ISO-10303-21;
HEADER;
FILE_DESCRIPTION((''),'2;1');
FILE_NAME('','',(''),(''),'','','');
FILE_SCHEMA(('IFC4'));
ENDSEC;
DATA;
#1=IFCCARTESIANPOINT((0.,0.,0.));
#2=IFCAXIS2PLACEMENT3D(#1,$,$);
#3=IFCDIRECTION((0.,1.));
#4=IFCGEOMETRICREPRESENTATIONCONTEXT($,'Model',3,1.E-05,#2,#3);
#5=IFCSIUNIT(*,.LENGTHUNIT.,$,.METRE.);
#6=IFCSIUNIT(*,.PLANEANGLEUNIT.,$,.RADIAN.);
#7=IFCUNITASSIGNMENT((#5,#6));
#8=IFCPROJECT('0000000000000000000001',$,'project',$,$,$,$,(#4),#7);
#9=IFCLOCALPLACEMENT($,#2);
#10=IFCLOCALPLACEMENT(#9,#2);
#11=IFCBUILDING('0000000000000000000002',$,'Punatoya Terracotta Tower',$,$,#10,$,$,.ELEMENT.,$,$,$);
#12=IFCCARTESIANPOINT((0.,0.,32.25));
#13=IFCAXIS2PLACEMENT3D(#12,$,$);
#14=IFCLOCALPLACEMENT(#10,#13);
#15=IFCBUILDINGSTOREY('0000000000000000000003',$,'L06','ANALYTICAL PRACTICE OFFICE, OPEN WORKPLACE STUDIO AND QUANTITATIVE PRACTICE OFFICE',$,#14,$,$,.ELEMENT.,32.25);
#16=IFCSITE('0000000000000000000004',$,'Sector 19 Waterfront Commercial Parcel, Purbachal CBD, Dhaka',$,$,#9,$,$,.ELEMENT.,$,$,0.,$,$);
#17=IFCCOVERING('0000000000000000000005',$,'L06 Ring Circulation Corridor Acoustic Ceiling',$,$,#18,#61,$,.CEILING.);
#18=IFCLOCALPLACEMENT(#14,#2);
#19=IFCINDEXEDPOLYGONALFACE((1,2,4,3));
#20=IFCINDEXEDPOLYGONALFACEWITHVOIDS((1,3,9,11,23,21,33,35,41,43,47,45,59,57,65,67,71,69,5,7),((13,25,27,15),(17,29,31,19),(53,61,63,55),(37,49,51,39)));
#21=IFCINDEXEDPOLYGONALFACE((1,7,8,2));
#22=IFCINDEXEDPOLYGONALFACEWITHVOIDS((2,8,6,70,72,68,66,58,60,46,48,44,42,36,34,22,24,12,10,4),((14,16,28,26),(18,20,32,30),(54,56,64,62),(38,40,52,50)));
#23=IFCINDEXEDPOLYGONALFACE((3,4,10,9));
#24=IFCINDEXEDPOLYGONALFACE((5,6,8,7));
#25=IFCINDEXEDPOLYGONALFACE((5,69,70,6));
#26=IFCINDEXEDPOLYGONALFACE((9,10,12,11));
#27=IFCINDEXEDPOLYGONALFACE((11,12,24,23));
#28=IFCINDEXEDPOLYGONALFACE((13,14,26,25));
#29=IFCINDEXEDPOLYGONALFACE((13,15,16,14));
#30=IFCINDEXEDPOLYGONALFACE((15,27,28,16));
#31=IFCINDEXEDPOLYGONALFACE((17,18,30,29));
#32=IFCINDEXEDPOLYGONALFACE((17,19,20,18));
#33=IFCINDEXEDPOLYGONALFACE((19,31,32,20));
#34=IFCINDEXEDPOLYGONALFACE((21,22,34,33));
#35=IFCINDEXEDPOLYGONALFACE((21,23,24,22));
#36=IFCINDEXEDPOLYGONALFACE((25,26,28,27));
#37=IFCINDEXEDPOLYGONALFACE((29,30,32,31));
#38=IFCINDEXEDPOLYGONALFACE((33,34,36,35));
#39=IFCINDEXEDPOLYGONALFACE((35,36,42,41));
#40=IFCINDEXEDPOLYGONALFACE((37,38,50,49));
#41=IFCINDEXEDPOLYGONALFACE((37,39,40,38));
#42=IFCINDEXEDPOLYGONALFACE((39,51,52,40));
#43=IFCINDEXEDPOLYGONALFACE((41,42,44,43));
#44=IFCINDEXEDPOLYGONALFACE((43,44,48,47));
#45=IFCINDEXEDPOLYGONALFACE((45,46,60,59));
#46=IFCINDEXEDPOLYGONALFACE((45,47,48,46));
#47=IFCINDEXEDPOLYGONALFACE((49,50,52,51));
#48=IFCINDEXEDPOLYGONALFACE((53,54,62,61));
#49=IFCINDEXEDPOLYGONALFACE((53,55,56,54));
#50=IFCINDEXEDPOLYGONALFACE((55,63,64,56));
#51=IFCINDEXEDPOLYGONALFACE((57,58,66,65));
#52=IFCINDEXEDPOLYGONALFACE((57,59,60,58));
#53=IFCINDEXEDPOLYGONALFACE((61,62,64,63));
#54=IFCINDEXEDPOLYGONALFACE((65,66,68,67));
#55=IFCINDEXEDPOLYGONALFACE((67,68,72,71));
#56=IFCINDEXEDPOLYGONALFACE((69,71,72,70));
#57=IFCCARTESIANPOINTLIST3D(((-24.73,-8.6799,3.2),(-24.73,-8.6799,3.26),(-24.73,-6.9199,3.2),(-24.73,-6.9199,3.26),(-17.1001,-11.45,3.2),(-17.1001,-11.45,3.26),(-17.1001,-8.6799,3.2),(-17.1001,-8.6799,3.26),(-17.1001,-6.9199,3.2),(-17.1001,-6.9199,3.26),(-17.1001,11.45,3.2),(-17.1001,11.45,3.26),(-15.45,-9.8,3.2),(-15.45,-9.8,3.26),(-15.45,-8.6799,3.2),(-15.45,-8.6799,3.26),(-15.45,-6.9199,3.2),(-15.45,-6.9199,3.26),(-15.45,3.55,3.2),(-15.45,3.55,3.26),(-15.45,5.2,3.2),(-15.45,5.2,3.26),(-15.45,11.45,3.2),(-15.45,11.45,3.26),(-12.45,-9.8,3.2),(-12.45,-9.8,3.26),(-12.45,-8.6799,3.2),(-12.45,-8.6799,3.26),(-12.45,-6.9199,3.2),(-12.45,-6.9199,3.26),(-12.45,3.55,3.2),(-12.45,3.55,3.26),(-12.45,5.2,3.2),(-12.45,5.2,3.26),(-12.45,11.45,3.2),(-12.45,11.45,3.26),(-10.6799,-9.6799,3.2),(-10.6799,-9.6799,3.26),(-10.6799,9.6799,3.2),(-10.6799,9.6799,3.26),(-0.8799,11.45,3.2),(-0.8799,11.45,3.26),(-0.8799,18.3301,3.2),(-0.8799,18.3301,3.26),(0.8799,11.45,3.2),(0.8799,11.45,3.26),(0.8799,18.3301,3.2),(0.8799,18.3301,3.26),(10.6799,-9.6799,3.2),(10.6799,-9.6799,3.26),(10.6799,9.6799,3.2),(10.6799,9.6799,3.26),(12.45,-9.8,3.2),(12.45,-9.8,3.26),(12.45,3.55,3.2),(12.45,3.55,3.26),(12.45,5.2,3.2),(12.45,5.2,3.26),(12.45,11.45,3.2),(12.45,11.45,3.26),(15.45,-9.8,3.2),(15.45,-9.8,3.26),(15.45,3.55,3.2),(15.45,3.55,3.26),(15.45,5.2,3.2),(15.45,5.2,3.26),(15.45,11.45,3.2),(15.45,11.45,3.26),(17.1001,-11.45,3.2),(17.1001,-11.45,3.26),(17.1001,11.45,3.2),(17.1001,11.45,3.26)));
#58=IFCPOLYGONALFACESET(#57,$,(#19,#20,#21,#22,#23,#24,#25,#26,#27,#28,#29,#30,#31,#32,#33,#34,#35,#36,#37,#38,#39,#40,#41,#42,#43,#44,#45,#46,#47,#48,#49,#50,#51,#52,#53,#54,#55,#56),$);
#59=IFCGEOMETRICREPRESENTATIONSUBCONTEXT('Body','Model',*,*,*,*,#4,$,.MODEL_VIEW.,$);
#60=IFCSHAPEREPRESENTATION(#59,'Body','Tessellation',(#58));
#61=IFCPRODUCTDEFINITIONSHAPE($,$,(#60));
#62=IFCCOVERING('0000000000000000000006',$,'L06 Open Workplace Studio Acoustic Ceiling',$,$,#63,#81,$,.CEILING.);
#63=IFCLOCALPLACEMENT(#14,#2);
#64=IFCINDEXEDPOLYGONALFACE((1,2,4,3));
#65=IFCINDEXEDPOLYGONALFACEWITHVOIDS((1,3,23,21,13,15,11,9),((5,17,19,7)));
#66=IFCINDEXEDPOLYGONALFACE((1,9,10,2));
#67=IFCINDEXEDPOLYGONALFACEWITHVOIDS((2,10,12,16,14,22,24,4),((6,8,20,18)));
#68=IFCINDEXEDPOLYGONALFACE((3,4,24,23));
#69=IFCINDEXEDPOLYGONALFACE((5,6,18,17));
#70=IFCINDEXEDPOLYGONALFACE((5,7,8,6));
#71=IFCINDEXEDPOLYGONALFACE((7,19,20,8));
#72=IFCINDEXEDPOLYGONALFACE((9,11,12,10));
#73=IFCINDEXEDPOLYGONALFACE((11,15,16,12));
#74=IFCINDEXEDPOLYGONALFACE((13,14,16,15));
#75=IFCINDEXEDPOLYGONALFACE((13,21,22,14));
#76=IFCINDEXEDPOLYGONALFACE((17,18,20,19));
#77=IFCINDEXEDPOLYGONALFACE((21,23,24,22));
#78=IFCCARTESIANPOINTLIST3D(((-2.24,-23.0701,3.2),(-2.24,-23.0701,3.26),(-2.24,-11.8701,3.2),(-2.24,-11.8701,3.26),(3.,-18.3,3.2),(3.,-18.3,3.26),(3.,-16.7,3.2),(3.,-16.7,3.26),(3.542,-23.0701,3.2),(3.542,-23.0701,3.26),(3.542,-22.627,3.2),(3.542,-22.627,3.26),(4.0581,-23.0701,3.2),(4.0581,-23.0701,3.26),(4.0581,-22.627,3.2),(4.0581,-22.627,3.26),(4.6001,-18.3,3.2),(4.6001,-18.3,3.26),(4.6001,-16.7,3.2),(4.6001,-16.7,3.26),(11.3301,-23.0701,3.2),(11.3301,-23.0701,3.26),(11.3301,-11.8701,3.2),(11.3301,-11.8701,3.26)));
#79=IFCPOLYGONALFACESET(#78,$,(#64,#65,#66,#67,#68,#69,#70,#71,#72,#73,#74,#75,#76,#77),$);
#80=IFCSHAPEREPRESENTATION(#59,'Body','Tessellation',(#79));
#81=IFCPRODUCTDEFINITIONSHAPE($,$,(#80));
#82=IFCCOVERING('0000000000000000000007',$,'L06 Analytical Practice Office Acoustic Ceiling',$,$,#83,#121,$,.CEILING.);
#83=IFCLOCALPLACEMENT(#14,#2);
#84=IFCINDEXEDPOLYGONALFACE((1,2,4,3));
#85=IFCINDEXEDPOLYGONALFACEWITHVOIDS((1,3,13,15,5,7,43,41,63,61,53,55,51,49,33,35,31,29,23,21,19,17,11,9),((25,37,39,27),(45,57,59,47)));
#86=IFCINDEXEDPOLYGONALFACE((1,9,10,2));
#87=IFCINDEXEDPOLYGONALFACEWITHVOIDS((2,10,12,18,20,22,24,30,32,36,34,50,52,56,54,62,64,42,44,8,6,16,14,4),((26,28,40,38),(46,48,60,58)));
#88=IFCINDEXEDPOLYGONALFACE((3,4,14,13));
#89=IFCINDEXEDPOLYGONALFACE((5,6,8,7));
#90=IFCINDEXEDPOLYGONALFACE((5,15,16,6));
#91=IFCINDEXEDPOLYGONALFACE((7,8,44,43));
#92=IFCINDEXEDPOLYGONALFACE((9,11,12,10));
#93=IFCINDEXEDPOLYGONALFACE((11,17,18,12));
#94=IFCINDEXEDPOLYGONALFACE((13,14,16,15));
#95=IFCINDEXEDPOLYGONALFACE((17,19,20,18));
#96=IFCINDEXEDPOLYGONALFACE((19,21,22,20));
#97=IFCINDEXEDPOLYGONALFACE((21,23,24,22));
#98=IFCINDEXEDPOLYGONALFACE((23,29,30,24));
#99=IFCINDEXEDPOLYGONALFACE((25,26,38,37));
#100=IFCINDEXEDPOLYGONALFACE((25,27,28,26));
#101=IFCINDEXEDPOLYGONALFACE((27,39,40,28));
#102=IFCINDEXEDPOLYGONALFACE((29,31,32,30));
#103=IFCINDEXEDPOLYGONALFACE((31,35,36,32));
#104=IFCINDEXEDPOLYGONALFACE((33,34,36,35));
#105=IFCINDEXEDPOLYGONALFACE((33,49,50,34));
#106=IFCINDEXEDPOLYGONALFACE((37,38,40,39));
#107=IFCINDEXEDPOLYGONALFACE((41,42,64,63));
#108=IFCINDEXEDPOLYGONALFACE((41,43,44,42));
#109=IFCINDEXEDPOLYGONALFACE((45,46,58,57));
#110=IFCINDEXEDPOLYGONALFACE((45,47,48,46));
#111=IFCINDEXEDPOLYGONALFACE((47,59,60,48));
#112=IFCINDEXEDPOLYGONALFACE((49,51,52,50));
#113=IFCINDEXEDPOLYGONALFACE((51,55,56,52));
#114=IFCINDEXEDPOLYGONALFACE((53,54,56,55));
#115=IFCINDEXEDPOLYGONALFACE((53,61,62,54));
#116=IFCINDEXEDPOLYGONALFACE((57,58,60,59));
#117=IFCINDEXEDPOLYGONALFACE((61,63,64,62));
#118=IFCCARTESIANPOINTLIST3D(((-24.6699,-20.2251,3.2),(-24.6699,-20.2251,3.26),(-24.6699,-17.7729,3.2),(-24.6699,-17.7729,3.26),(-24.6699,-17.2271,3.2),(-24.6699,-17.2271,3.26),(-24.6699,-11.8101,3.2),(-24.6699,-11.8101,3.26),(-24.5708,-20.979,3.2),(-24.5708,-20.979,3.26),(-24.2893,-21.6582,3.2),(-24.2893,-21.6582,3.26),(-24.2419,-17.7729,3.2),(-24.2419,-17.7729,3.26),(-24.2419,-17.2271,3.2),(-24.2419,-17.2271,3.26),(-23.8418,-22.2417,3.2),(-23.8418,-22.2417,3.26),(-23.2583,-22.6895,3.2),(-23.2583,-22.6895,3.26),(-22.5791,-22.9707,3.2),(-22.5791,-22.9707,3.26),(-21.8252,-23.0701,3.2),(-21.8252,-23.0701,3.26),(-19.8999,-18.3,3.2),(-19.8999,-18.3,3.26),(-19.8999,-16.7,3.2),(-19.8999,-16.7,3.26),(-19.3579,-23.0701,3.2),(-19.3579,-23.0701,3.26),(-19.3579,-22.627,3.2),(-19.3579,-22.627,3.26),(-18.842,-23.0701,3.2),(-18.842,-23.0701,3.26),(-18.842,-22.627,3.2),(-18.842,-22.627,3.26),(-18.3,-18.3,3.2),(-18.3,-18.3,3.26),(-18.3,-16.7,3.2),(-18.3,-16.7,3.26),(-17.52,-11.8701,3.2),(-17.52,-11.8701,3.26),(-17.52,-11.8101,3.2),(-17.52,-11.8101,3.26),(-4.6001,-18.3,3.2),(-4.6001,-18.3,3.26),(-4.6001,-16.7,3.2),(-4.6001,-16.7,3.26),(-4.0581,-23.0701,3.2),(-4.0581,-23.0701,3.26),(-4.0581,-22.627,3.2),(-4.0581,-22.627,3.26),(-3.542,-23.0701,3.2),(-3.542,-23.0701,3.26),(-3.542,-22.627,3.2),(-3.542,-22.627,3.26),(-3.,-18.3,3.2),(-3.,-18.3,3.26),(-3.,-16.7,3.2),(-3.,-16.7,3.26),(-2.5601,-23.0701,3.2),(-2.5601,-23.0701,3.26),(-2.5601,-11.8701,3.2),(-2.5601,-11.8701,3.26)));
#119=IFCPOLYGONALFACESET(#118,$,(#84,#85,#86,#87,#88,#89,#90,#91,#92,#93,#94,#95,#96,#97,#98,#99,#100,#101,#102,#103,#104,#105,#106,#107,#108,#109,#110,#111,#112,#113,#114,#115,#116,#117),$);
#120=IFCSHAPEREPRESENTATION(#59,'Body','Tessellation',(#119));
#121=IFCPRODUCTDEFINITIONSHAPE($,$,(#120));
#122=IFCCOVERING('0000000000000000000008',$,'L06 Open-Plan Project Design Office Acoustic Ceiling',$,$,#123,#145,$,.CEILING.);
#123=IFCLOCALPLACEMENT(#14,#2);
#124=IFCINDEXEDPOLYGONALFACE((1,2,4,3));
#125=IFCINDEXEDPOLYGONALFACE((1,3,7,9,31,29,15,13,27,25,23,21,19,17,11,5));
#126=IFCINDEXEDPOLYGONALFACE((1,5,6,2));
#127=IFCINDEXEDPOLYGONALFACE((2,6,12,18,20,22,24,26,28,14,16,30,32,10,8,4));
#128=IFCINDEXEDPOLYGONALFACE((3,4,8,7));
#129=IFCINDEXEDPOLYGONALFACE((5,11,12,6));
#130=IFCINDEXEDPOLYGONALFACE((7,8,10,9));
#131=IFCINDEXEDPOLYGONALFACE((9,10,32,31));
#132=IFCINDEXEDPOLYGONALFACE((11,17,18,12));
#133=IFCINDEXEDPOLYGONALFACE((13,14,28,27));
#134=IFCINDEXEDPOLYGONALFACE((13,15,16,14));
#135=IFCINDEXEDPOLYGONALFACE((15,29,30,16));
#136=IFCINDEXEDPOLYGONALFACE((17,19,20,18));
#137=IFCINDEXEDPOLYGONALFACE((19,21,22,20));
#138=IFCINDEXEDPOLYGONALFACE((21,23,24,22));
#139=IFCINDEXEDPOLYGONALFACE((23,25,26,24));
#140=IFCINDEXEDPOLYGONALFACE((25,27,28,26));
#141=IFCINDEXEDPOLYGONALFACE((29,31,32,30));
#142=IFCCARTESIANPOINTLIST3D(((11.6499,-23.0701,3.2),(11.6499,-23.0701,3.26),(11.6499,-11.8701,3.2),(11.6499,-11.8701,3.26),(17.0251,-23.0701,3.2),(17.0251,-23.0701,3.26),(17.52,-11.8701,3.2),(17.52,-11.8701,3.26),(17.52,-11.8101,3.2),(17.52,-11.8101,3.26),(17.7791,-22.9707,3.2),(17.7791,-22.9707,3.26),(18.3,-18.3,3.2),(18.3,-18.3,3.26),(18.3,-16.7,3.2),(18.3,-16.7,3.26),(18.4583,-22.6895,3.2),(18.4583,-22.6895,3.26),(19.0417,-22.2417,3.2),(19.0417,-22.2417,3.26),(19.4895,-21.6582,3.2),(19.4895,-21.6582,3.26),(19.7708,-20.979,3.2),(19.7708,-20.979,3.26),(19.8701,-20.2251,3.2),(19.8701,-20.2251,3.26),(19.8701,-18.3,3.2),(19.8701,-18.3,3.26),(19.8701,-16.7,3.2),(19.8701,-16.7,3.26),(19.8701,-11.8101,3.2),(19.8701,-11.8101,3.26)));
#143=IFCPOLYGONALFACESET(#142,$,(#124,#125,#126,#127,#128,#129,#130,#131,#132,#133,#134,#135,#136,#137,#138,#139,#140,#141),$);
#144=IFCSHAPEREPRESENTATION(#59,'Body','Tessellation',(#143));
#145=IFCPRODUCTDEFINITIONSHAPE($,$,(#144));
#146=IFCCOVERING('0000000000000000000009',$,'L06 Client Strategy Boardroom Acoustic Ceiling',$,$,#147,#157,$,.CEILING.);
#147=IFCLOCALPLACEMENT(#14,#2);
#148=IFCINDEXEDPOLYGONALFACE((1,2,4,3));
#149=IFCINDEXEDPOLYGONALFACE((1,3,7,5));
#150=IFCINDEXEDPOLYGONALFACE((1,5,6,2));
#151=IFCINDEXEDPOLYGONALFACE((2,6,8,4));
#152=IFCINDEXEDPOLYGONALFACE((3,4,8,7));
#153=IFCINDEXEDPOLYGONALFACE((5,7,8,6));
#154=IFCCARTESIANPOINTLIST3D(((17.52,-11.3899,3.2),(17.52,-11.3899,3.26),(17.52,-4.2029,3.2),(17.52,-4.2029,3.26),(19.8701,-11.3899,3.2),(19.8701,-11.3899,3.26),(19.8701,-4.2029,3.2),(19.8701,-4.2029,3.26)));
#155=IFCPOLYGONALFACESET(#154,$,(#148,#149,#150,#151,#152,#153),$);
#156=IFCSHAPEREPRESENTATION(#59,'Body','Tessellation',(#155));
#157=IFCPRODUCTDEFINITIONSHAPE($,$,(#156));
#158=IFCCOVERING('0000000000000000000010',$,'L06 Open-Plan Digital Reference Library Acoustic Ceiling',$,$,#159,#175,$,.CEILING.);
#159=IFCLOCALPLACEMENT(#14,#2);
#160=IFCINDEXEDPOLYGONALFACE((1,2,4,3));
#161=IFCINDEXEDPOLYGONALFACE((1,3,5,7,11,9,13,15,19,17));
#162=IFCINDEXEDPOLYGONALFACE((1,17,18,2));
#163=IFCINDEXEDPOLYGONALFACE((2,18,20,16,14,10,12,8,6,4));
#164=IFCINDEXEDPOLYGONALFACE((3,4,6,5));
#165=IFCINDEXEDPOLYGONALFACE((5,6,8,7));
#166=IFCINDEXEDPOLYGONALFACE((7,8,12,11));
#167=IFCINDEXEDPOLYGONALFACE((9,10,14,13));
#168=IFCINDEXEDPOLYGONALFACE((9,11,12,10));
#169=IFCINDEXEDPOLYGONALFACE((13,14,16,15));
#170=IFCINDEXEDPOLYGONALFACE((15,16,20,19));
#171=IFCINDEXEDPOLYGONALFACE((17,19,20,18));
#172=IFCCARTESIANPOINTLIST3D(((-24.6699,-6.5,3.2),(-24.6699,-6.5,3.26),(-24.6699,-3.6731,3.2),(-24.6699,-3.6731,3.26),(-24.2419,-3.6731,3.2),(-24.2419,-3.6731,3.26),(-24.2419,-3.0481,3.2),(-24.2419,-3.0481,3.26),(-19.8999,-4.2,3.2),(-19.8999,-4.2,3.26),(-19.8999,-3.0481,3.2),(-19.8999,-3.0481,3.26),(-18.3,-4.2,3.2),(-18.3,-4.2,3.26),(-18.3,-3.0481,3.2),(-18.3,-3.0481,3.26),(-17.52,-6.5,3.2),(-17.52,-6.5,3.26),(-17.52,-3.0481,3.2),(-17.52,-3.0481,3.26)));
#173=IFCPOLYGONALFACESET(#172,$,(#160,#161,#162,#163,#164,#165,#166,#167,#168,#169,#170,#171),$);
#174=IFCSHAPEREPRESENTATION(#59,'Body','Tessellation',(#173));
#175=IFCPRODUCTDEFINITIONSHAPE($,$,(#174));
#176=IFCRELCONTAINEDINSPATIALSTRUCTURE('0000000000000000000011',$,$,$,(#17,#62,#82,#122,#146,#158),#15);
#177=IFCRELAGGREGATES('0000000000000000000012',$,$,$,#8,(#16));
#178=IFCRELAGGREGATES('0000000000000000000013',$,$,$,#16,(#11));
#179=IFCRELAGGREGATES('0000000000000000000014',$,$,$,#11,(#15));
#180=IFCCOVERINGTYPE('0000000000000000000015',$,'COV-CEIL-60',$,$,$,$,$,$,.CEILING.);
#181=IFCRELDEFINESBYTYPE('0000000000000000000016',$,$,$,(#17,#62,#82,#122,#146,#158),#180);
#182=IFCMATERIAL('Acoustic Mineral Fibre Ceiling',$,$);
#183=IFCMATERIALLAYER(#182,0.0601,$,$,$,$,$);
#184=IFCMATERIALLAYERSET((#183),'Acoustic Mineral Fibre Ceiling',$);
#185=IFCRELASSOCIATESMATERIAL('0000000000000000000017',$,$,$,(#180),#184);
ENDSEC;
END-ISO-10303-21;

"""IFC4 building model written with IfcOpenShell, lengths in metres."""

from ifc_helpers import new_model, si_unit, direction, frame, origin, place, context, subcontext, project, spatial, polyline, outline, extrude, material, layer, layer_set, type_object, element, save


model = new_model("IFC4")

# Units and contexts
model_context = context("Model", 3, precision=1e-05, world=origin(), true_north=direction((0.0, 1.0)))
body_context = subcontext(model_context, "Body", "Model", "MODEL_VIEW")
ifc_project = project(units=[si_unit("LENGTHUNIT", "METRE"), si_unit("PLANEANGLEUNIT", "RADIAN")], contexts=[model_context])

# Site, building, storey
site_placement = place(None, origin())
site = spatial("IfcSite", under=ifc_project, at=site_placement, Name="Sector 19 Waterfront Commercial Parcel, Purbachal CBD, Dhaka", CompositionType="ELEMENT", RefElevation=0.0)
building_placement = place(site_placement, origin())
building = spatial("IfcBuilding", under=site, at=building_placement, Name="Punatoya Terracotta Tower", CompositionType="ELEMENT")
storey_placement = place(building_placement, frame((0.0, 0.0, 32.25)))
storey = spatial("IfcBuildingStorey", under=building, at=storey_placement, Name="L06", Description="ANALYTICAL PRACTICE OFFICE, OPEN WORKPLACE STUDIO AND QUANTITATIVE PRACTICE OFFICE", CompositionType="ELEMENT", Elevation=32.25)

# Coverings
ifc_material_1 = material(Name="Acoustic Mineral Fibre Ceiling")
ifc_layer_1 = layer(ifc_material_1, 0.0601)
ifc_layer_set_1 = layer_set([ifc_layer_1], Name="Acoustic Mineral Fibre Ceiling")
covering_type = type_object("IfcCoveringType", Name="COV-CEIL-60", PredefinedType="CEILING", material=ifc_layer_set_1)
covering_1_placement = place(storey_placement, frame((0.0, 0.0, 3.2)))
element("IfcCovering", 1, at=covering_1_placement, inside=storey, type_object=covering_type, Name="L06 Ring Circulation Corridor Acoustic Ceiling", PredefinedType="CEILING", context=body_context, shape_type="SweptSolid", body=[
    extrude(outline(polyline([(-17.1001, -11.45), (17.1001, -11.45), (17.1001, 11.45), (15.45, 11.45), (15.45, 5.2), (12.45, 5.2), (12.45, 11.45), (0.8799, 11.45), (0.8799, 18.3301), (-0.8799, 18.3301), (-0.8799, 11.45), (-12.45, 11.45), (-12.45, 5.2), (-15.45, 5.2), (-15.45, 11.45), (-17.1001, 11.45), (-17.1001, -6.9199), (-24.73, -6.9199), (-24.73, -8.6799), (-17.1001, -8.6799), (-17.1001, -11.45)]), holes=[polyline([(15.45, 3.55), (15.45, -9.8), (12.45, -9.8), (12.45, 3.55), (15.45, 3.55)]), polyline([(10.6799, 9.6799), (10.6799, -9.6799), (-10.6799, -9.6799), (-10.6799, 9.6799), (10.6799, 9.6799)]), polyline([(-15.45, -9.8), (-15.45, -8.6799), (-12.45, -8.6799), (-12.45, -9.8), (-15.45, -9.8)]), polyline([(-12.45, -6.9199), (-15.45, -6.9199), (-15.45, 3.55), (-12.45, 3.55), (-12.45, -6.9199)])]), origin(), (0.0, 0.0, 1.0), 0.0601),
])
covering_2_placement = place(storey_placement, frame((0.0, 0.0, 3.2)))
element("IfcCovering", 2, at=covering_2_placement, inside=storey, type_object=covering_type, Name="L06 Open Workplace Studio Acoustic Ceiling", PredefinedType="CEILING", context=body_context, shape_type="SweptSolid", body=[
    extrude(outline(polyline([(3.542, -22.627), (4.0581, -22.627), (4.0581, -23.0701), (11.3301, -23.0701), (11.3301, -11.8701), (-2.24, -11.8701), (-2.24, -23.0701), (3.542, -23.0701), (3.542, -22.627)]), holes=[polyline([(4.6001, -16.7), (4.6001, -18.3), (3.0, -18.3), (3.0, -16.7), (4.6001, -16.7)])]), origin(), (0.0, 0.0, 1.0), 0.0601),
])
covering_3_placement = place(storey_placement, frame((0.0, 0.0, 3.2)))
element("IfcCovering", 3, at=covering_3_placement, inside=storey, type_object=covering_type, Name="L06 Analytical Practice Office Acoustic Ceiling", PredefinedType="CEILING", context=body_context, shape_type="SweptSolid", body=[
    extrude(outline(polyline([(-18.842, -23.0701), (-4.0581, -23.0701), (-4.0581, -22.627), (-3.542, -22.627), (-3.542, -23.0701), (-2.5601, -23.0701), (-2.5601, -11.8701), (-17.52, -11.8701), (-17.52, -11.8101), (-24.6699, -11.8101), (-24.6699, -17.2271), (-24.2419, -17.2271), (-24.2419, -17.7729), (-24.6699, -17.7729), (-24.6699, -20.2251), (-24.5708, -20.979), (-24.2893, -21.6582), (-23.8418, -22.2417), (-23.2583, -22.6895), (-22.5791, -22.9707), (-21.8252, -23.0701), (-19.3579, -23.0701), (-19.3579, -22.627), (-18.842, -22.627), (-18.842, -23.0701)]), holes=[polyline([(-4.6001, -16.7), (-3.0, -16.7), (-3.0, -18.3), (-4.6001, -18.3), (-4.6001, -16.7)]), polyline([(-19.8999, -18.3), (-19.8999, -16.7), (-18.3, -16.7), (-18.3, -18.3), (-19.8999, -18.3)])]), origin(), (0.0, 0.0, 1.0), 0.0601),
])
covering_4_placement = place(storey_placement, frame((0.0, 0.0, 3.2)))
element("IfcCovering", 4, at=covering_4_placement, inside=storey, type_object=covering_type, Name="L06 Open-Plan Project Design Office Acoustic Ceiling", PredefinedType="CEILING", context=body_context, shape_type="SweptSolid", body=[
    extrude(outline(polyline([(17.52, -11.8701), (11.6499, -11.8701), (11.6499, -23.0701), (17.0251, -23.0701), (17.7791, -22.9707), (18.4583, -22.6895), (19.0417, -22.2417), (19.4895, -21.6582), (19.7708, -20.979), (19.8701, -20.2251), (19.8701, -18.3), (18.3, -18.3), (18.3, -16.7), (19.8701, -16.7), (19.8701, -11.8101), (17.52, -11.8101), (17.52, -11.8701)])), origin(), (0.0, 0.0, 1.0), 0.0601),
])
covering_5_placement = place(storey_placement, frame((0.0, 0.0, 3.2)))
element("IfcCovering", 5, at=covering_5_placement, inside=storey, type_object=covering_type, Name="L06 Client Strategy Boardroom Acoustic Ceiling", PredefinedType="CEILING", context=body_context, shape_type="SweptSolid", body=[
    extrude(outline(polyline([(17.52, -4.2029), (17.52, -11.3899), (19.8701, -11.3899), (19.8701, -4.2029), (17.52, -4.2029)])), origin(), (0.0, 0.0, 1.0), 0.0601),
])
covering_6_placement = place(storey_placement, frame((0.0, 0.0, 3.2)))
element("IfcCovering", 6, at=covering_6_placement, inside=storey, type_object=covering_type, Name="L06 Open-Plan Digital Reference Library Acoustic Ceiling", PredefinedType="CEILING", context=body_context, shape_type="SweptSolid", body=[
    extrude(outline(polyline([(-24.2419, -3.0481), (-24.2419, -3.6731), (-24.6699, -3.6731), (-24.6699, -6.5), (-17.52, -6.5), (-17.52, -3.0481), (-18.3, -3.0481), (-18.3, -4.2), (-19.8999, -4.2), (-19.8999, -3.0481), (-24.2419, -3.0481)])), origin(), (0.0, 0.0, 1.0), 0.0601),
])

save(model, "model.ifc")
